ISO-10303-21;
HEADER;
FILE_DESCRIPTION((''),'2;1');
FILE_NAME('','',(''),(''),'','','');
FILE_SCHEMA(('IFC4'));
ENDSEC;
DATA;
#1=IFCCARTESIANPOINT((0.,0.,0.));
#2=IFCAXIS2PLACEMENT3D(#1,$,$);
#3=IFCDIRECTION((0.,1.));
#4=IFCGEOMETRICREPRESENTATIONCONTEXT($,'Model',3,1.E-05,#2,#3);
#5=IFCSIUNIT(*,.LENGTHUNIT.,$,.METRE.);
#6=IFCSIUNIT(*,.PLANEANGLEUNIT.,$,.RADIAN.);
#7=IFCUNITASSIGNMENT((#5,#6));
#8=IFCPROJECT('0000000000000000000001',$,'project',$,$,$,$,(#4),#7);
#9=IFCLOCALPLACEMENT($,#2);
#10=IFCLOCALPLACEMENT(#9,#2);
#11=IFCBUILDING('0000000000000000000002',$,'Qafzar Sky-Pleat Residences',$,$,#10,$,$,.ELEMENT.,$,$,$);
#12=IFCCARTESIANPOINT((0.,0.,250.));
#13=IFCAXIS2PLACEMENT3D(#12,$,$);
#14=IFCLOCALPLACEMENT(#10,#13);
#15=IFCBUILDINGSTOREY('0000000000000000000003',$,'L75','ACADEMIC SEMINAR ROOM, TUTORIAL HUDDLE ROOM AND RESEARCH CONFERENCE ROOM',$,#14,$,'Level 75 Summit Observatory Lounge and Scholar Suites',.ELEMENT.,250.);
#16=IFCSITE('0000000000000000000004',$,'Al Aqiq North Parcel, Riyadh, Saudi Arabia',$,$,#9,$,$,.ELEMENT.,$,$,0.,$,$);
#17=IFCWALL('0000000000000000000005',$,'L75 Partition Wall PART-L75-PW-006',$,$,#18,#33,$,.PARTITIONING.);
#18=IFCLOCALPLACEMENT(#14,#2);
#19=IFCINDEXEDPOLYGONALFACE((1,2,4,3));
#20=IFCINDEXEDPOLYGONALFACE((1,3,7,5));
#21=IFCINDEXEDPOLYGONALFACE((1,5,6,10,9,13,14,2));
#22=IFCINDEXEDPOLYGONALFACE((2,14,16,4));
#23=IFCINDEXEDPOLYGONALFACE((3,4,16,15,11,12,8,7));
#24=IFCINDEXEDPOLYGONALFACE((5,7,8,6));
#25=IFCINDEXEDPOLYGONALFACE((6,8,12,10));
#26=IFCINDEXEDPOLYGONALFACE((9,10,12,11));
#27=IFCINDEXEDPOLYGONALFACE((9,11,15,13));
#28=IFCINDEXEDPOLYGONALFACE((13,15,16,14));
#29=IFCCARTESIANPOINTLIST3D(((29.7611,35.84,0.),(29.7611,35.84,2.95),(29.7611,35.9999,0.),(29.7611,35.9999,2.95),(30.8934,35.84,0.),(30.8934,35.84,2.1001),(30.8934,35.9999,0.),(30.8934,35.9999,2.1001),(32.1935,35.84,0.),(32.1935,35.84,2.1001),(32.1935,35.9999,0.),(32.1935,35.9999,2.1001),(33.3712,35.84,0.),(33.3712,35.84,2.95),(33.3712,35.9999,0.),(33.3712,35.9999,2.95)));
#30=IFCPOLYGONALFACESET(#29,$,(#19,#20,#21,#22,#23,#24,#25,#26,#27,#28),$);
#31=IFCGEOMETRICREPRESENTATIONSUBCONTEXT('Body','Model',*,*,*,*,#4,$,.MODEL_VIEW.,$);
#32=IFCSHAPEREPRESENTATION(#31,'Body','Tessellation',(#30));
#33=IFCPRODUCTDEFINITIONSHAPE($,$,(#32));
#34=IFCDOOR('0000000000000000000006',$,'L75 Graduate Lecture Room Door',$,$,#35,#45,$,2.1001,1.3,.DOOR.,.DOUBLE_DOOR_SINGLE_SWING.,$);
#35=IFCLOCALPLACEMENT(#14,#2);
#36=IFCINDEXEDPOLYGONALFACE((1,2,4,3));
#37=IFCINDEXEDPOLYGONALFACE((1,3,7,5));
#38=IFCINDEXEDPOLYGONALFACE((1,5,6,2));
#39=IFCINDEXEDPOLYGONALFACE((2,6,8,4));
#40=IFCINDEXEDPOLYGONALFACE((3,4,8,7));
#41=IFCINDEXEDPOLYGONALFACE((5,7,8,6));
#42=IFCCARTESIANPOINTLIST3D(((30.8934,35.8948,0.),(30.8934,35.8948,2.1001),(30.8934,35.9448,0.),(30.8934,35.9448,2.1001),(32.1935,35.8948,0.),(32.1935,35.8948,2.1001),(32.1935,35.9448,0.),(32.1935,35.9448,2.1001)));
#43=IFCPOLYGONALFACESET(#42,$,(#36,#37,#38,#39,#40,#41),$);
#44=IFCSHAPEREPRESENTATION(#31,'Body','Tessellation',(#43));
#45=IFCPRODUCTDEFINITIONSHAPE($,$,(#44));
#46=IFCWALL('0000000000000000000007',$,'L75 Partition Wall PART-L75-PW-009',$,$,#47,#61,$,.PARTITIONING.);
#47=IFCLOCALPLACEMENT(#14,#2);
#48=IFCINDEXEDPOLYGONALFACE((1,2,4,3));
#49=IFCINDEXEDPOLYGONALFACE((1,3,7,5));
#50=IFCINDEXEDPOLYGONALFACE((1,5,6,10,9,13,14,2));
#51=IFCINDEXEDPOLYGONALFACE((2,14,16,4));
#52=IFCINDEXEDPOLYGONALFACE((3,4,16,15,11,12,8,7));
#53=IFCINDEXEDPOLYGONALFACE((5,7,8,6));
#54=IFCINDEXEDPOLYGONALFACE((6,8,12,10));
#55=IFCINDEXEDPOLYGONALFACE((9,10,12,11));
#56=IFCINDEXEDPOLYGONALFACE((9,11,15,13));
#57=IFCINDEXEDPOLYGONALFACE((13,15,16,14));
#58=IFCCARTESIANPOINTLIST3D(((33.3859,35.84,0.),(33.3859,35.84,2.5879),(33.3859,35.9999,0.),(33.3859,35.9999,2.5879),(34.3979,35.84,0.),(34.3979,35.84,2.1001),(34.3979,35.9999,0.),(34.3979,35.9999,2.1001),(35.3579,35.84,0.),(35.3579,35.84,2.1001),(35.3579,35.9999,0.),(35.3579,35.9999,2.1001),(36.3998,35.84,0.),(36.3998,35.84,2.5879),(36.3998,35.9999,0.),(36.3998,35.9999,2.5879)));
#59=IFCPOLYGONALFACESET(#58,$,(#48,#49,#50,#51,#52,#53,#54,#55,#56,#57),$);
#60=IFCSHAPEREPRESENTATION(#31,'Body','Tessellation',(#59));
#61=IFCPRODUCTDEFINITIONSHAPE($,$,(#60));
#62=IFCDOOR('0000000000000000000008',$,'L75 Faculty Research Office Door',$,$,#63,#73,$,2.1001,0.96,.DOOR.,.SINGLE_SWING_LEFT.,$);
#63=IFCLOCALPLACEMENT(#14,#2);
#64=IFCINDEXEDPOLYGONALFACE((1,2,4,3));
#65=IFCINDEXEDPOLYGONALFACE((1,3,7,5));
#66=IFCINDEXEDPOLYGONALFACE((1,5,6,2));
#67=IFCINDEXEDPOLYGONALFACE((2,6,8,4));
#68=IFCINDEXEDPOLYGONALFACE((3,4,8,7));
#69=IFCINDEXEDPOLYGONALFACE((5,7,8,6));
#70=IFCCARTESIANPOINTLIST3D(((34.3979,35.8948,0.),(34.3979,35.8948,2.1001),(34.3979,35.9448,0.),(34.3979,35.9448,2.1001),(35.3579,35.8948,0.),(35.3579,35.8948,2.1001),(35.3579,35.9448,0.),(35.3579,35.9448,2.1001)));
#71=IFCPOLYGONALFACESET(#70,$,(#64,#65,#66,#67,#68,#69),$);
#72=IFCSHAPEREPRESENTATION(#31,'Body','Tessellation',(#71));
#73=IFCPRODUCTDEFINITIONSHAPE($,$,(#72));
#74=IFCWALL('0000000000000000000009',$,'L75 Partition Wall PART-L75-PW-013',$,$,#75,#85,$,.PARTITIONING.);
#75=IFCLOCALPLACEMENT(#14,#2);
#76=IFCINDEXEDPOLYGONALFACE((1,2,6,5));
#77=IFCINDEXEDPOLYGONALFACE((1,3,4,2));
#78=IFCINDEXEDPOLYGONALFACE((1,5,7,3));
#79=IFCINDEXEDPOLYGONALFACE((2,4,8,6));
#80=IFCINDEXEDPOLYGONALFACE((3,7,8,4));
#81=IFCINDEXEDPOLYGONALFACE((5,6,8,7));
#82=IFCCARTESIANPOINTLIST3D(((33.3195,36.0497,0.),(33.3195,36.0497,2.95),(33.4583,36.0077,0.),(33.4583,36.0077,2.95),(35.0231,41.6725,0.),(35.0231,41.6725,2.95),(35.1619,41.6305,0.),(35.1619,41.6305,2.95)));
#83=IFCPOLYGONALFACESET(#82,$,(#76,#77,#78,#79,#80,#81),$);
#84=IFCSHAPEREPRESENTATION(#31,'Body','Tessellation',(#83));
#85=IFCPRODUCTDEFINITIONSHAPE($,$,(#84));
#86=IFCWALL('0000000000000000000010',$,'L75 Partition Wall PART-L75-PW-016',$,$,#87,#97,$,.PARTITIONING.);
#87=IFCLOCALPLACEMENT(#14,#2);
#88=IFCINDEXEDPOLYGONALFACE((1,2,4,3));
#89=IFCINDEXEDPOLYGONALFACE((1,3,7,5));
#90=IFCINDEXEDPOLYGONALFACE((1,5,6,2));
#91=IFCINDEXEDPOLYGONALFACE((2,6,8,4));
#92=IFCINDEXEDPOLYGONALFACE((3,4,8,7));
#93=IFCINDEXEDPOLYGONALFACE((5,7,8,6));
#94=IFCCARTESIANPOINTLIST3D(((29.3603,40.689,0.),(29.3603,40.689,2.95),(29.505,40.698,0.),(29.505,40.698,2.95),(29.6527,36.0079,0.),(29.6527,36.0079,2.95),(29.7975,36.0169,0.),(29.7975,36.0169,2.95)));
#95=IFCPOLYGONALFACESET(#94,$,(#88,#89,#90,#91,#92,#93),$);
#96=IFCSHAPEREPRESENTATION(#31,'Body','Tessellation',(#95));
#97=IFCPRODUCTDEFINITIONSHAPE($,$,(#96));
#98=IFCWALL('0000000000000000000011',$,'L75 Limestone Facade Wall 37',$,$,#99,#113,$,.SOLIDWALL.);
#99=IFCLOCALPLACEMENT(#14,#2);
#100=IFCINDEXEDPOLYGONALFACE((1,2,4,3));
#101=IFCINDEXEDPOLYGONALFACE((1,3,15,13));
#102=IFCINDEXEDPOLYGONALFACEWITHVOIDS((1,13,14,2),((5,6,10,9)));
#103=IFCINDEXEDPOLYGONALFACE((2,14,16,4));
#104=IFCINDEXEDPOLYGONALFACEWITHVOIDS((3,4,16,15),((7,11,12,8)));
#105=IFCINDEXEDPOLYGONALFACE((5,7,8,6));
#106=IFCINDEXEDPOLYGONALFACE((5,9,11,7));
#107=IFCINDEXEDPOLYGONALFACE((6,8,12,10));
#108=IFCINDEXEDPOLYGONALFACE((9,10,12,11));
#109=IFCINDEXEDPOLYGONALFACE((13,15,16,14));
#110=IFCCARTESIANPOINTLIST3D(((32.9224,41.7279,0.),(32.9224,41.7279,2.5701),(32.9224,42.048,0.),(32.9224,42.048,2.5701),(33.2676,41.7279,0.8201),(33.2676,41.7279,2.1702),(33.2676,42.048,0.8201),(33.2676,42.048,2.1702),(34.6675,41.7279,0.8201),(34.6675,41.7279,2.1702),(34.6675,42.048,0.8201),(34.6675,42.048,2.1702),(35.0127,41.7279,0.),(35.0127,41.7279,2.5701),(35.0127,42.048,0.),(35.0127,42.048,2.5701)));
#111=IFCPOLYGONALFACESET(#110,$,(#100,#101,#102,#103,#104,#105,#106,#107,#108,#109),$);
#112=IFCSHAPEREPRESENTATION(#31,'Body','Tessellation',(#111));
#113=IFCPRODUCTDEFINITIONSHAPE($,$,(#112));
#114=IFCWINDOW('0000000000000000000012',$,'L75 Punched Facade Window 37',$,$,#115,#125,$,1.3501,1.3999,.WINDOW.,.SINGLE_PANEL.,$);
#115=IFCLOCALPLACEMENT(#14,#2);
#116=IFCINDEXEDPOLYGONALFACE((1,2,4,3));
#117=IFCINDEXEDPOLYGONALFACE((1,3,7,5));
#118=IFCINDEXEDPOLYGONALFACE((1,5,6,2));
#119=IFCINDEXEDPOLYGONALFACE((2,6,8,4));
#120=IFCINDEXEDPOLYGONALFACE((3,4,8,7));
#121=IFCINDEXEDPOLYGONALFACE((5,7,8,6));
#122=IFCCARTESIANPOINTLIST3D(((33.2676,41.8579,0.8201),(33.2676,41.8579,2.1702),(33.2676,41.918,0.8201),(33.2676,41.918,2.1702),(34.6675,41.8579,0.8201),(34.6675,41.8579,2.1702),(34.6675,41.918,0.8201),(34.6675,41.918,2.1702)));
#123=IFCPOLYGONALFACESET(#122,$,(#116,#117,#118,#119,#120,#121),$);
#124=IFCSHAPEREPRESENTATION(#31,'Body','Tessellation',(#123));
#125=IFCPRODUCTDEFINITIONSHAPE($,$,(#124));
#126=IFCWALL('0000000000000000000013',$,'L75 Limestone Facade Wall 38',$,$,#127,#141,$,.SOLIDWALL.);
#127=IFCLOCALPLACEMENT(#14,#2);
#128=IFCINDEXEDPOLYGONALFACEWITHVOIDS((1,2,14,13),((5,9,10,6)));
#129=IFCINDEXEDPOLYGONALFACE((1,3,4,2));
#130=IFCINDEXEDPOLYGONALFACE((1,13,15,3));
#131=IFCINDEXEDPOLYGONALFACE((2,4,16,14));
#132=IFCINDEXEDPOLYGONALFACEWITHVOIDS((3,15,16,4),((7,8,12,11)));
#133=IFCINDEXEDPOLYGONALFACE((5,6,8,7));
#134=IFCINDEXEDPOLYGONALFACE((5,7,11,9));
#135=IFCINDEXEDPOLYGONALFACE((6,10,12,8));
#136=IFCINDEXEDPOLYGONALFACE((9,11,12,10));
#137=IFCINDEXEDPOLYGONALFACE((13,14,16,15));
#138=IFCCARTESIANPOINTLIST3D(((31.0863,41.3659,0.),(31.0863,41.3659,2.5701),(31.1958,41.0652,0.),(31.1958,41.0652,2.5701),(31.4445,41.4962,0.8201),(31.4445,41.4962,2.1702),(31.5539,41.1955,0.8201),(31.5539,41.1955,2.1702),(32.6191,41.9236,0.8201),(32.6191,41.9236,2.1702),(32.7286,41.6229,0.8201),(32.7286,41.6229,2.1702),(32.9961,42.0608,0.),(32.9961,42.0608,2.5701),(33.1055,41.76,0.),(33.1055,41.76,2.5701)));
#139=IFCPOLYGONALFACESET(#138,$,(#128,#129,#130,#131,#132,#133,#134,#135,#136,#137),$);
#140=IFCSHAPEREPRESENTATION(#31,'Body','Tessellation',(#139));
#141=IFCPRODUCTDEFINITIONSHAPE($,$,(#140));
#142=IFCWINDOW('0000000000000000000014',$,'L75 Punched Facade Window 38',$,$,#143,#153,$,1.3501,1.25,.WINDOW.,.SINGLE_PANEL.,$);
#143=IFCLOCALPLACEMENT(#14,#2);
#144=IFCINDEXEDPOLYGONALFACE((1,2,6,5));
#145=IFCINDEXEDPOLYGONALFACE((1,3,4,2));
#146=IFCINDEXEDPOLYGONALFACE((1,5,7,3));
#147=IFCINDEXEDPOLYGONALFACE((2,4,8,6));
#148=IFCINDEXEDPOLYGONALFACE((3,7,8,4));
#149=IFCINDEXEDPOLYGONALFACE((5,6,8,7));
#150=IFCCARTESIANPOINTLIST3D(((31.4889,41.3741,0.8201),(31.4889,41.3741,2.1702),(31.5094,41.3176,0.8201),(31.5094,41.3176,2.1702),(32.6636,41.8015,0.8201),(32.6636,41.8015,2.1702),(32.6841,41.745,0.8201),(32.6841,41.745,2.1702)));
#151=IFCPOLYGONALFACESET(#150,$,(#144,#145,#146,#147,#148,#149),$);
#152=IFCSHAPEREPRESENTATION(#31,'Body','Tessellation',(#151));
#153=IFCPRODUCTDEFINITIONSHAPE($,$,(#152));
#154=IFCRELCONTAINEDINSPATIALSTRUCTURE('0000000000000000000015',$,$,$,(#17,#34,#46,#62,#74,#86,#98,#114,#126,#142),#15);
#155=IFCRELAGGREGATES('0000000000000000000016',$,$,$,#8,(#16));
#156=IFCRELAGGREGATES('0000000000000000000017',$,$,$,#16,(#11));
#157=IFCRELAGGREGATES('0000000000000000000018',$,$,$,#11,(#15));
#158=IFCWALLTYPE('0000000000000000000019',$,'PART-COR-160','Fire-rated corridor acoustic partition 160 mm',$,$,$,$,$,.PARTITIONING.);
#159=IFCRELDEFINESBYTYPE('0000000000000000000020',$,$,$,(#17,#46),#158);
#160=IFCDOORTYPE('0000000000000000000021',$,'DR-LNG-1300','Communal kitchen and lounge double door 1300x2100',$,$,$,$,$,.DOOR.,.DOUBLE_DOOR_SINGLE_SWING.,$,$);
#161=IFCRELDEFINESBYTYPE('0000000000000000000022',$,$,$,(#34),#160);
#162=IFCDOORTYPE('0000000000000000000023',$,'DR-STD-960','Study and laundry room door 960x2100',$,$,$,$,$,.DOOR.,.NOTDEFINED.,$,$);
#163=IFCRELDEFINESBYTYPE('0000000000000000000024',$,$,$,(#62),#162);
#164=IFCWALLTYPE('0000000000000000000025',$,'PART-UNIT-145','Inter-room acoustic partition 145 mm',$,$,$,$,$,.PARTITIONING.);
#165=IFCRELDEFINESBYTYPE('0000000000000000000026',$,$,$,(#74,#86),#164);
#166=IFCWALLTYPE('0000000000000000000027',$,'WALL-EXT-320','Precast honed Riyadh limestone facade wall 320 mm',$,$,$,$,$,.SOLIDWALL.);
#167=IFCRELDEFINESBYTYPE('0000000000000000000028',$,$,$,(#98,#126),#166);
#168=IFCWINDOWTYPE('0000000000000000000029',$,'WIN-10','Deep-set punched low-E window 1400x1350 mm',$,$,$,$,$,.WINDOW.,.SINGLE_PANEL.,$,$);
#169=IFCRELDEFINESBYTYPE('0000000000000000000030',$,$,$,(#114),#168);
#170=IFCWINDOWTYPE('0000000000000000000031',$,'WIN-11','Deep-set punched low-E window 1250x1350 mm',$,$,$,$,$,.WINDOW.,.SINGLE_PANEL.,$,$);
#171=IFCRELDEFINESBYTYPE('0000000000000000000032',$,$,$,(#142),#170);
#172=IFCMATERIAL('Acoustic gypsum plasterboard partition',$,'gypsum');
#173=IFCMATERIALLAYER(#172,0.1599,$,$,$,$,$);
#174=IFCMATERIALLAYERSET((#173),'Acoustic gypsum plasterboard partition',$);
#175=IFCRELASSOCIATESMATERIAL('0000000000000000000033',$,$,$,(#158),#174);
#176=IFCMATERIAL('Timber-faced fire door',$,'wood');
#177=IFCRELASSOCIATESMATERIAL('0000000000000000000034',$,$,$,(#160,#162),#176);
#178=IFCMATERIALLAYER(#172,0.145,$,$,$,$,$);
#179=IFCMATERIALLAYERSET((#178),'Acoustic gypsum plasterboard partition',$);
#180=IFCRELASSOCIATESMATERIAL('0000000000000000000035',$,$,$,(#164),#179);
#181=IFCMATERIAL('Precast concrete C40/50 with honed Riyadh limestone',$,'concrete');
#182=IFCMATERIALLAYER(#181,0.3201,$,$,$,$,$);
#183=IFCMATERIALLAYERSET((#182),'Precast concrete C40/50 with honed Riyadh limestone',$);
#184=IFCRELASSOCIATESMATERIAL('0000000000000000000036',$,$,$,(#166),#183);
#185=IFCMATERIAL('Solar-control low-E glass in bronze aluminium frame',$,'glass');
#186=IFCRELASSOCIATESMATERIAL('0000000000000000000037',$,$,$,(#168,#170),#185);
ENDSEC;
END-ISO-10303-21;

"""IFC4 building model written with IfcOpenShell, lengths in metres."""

from ifc_helpers import new_model, si_unit, direction, frame, frame_2d, origin, place, context, subcontext, project, spatial, rectangle, extrude, source, transform, mapped, material, layer, layer_set, type_object, element, fill, save


model = new_model("IFC4")

# Units and contexts
model_context = context("Model", 3, precision=1e-05, world=origin(), true_north=direction((0.0, 1.0)))
body_context = subcontext(model_context, "Body", "Model", "MODEL_VIEW")
ifc_project = project(units=[si_unit("LENGTHUNIT", "METRE"), si_unit("PLANEANGLEUNIT", "RADIAN")], contexts=[model_context])

# Site, building, storey
site_placement = place(None, origin())
site = spatial("IfcSite", under=ifc_project, at=site_placement, Name="Al Aqiq North Parcel, Riyadh, Saudi Arabia", CompositionType="ELEMENT", RefElevation=0.0)
building_placement = place(site_placement, origin())
building = spatial("IfcBuilding", under=site, at=building_placement, Name="Qafzar Sky-Pleat Residences", CompositionType="ELEMENT")
storey_placement = place(building_placement, frame((0.0, 0.0, 250.0)))
storey = spatial("IfcBuildingStorey", under=building, at=storey_placement, Name="L75", Description="ACADEMIC SEMINAR ROOM, TUTORIAL HUDDLE ROOM AND RESEARCH CONFERENCE ROOM", LongName="Level 75 Summit Observatory Lounge and Scholar Suites", CompositionType="ELEMENT", Elevation=250.0)

# Walls, openings, doors
ifc_material_1 = material(Name="Acoustic gypsum plasterboard partition", Category="gypsum")
ifc_layer_1 = layer(ifc_material_1, 0.1599)
ifc_layer_set_1 = layer_set([ifc_layer_1], Name="Acoustic gypsum plasterboard partition")
wall_type_1 = type_object("IfcWallType", Name="PART-COR-160", Description="Fire-rated corridor acoustic partition 160 mm", PredefinedType="PARTITIONING", material=ifc_layer_set_1)
wall_1_placement = place(storey_placement, frame((29.761, 35.9199, 0.0), z_axis=(0.0, 0.0, 1.0), x_axis=(1.0, 0.0, 0.0)))
wall_1 = element("IfcWall", 1, at=wall_1_placement, inside=storey, type_object=wall_type_1, Name="L75 Partition Wall PART-L75-PW-006", PredefinedType="PARTITIONING", context=body_context, shape_type="SweptSolid", body=[
    extrude(rectangle(XDim=3.6101, YDim=0.1599, at=frame_2d((1.8052, 0.0))), origin(), (0.0, 0.0, 1.0), 2.95),
])
opening_1_placement = place(wall_1_placement, frame((1.1326, 0.0, 0.0)))
opening_1 = element("IfcOpeningElement", 2, at=opening_1_placement, cuts=wall_1, PredefinedType="OPENING", context=body_context, shape_type="SweptSolid", body=[
    extrude(rectangle(XDim=1.3, YDim=2.1001, at=frame_2d((0.6499, 1.05))), frame((0.0, 0.0898, 0.0), z_axis=(0.0, -1.0, 0.0), x_axis=(1.0, 0.0, 0.0)), (0.0, 0.0, 1.0), 0.1799),
])
ifc_material_2 = material(Name="Timber-faced fire door", Category="wood")
door_type_1 = type_object("IfcDoorType", Name="DR-LNG-1300", Description="Communal kitchen and lounge double door 1300x2100", OperationType="DOUBLE_DOOR_SINGLE_SWING", PredefinedType="DOOR", material=ifc_material_2)
shared_shape_1 = source(origin(), body_context, "Body", "SweptSolid", [
    extrude(rectangle(XDim=1.3, YDim=2.1001, at=frame_2d((0.6499, 1.05))), frame((0.0, 0.0249, 0.0), z_axis=(0.0, -1.0, 0.0), x_axis=(1.0, 0.0, 0.0)), (0.0, 0.0, 1.0), 0.05),
])
door_1_placement = place(opening_1_placement, origin())
door_1 = element("IfcDoor", 3, at=door_1_placement, inside=storey, type_object=door_type_1, Name="L75 Graduate Lecture Room Door", OperationType="DOUBLE_DOOR_SINGLE_SWING", OverallHeight=2.1001, OverallWidth=1.3, PredefinedType="DOOR", context=body_context, shape_type="MappedRepresentation", body=[
    mapped(shared_shape_1, transform((0.0, 0.0, 0.0), x_axis=(1.0, 0.0, 0.0), y_axis=(0.0, 1.0, 0.0), z_axis=(0.0, 0.0, 1.0), scale=1.0)),
])
fill(opening_1, door_1)
wall_2_placement = place(storey_placement, frame((33.386, 35.9199, 0.0), z_axis=(0.0, 0.0, 1.0), x_axis=(1.0, 0.0, 0.0)))
wall_2 = element("IfcWall", 4, at=wall_2_placement, inside=storey, type_object=wall_type_1, Name="L75 Partition Wall PART-L75-PW-009", PredefinedType="PARTITIONING", context=body_context, shape_type="SweptSolid", body=[
    extrude(rectangle(XDim=3.0139, YDim=0.1599, at=frame_2d((1.5068, 0.0))), origin(), (0.0, 0.0, 1.0), 2.5879),
])
opening_2_placement = place(wall_2_placement, frame((1.012, 0.0, 0.0)))
opening_2 = element("IfcOpeningElement", 5, at=opening_2_placement, cuts=wall_2, PredefinedType="OPENING", context=body_context, shape_type="SweptSolid", body=[
    extrude(rectangle(XDim=0.96, YDim=2.1001, at=frame_2d((0.48, 1.05))), frame((0.0, 0.0898, 0.0), z_axis=(0.0, -1.0, 0.0), x_axis=(1.0, 0.0, 0.0)), (0.0, 0.0, 1.0), 0.1799),
])
door_type_2 = type_object("IfcDoorType", Name="DR-STD-960", Description="Study and laundry room door 960x2100", OperationType="NOTDEFINED", PredefinedType="DOOR", material=ifc_material_2)
shared_shape_2 = source(origin(), body_context, "Body", "SweptSolid", [
    extrude(rectangle(XDim=0.96, YDim=2.1001, at=frame_2d((0.48, 1.05))), frame((0.0, 0.0249, 0.0), z_axis=(0.0, -1.0, 0.0), x_axis=(1.0, 0.0, 0.0)), (0.0, 0.0, 1.0), 0.05),
])
door_2_placement = place(opening_2_placement, origin())
door_2 = element("IfcDoor", 6, at=door_2_placement, inside=storey, type_object=door_type_2, Name="L75 Faculty Research Office Door", OperationType="SINGLE_SWING_LEFT", OverallHeight=2.1001, OverallWidth=0.96, PredefinedType="DOOR", context=body_context, shape_type="MappedRepresentation", body=[
    mapped(shared_shape_2, transform((0.0, 0.0, 0.0), x_axis=(1.0, 0.0, 0.0), y_axis=(0.0, 1.0, 0.0), z_axis=(0.0, 0.0, 1.0), scale=1.0)),
])
fill(opening_2, door_2)

# Walls
ifc_layer_2 = layer(ifc_material_1, 0.145)
ifc_layer_set_2 = layer_set([ifc_layer_2], Name="Acoustic gypsum plasterboard partition")
wall_type_2 = type_object("IfcWallType", Name="PART-UNIT-145", Description="Inter-room acoustic partition 145 mm", PredefinedType="PARTITIONING", material=ifc_layer_set_2)
wall_3_placement = place(storey_placement, frame((33.3889, 36.0288, 0.0), z_axis=(0.0, 0.0, 1.0), x_axis=(0.289966, 0.957037, 0.0)))
element("IfcWall", 7, at=wall_3_placement, inside=storey, type_object=wall_type_2, Name="L75 Partition Wall PART-L75-PW-013", PredefinedType="PARTITIONING", context=body_context, shape_type="SweptSolid", body=[
    extrude(rectangle(XDim=5.8752, YDim=0.145, at=frame_2d((2.9375, 0.0))), origin(), (0.0, 0.0, 1.0), 2.95),
])
wall_4_placement = place(storey_placement, frame((29.4326, 40.6936, 0.0), z_axis=(0.0, 0.0, 1.0), x_axis=(0.062359, -0.998054, 0.0)))
element("IfcWall", 8, at=wall_4_placement, inside=storey, type_object=wall_type_2, Name="L75 Partition Wall PART-L75-PW-016", PredefinedType="PARTITIONING", context=body_context, shape_type="SweptSolid", body=[
    extrude(rectangle(XDim=4.6902, YDim=0.145, at=frame_2d((2.3452, 0.0))), origin(), (0.0, 0.0, 1.0), 2.95),
])

# Walls, openings, windows
ifc_material_3 = material(Name="Precast concrete C40/50 with honed Riyadh limestone", Category="concrete")
ifc_layer_3 = layer(ifc_material_3, 0.3201)
ifc_layer_set_3 = layer_set([ifc_layer_3], Name="Precast concrete C40/50 with honed Riyadh limestone")
wall_type_3 = type_object("IfcWallType", Name="WALL-EXT-320", Description="Precast honed Riyadh limestone facade wall 320 mm", PredefinedType="SOLIDWALL", material=ifc_layer_set_3)
wall_5_placement = place(storey_placement, frame((35.0127, 41.8879, 0.0), z_axis=(0.0, 0.0, 1.0), x_axis=(-1.0, 0.0, 0.0)))
wall_5 = element("IfcWall", 9, at=wall_5_placement, inside=storey, type_object=wall_type_3, Name="L75 Limestone Facade Wall 37", PredefinedType="SOLIDWALL", context=body_context, shape_type="SweptSolid", body=[
    extrude(rectangle(XDim=2.0903, YDim=0.3201, at=frame_2d((1.0452, 0.0))), origin(), (0.0, 0.0, 1.0), 2.5701),
])
opening_3_placement = place(wall_5_placement, frame((0.3452, 0.0, 0.8201)))
opening_3 = element("IfcOpeningElement", 10, at=opening_3_placement, cuts=wall_5, PredefinedType="OPENING", context=body_context, shape_type="SweptSolid", body=[
    extrude(rectangle(XDim=1.3999, YDim=1.3501, at=frame_2d((0.7, 0.675))), frame((0.0, 0.1699, 0.0), z_axis=(0.0, -1.0, 0.0), x_axis=(1.0, 0.0, 0.0)), (0.0, 0.0, 1.0), 0.3401),
])
ifc_material_4 = material(Name="Solar-control low-E glass in bronze aluminium frame", Category="glass")
window_type_1 = type_object("IfcWindowType", Name="WIN-10", Description="Deep-set punched low-E window 1400x1350 mm", PartitioningType="SINGLE_PANEL", PredefinedType="WINDOW", material=ifc_material_4)
shared_shape_3 = source(origin(), body_context, "Body", "SweptSolid", [
    extrude(rectangle(XDim=1.3999, YDim=1.3501, at=frame_2d((0.7, 0.675))), frame((0.0, 0.03, 0.0), z_axis=(0.0, -1.0, 0.0), x_axis=(1.0, 0.0, 0.0)), (0.0, 0.0, 1.0), 0.0601),
])
window_1_placement = place(opening_3_placement, origin())
window_1 = element("IfcWindow", 11, at=window_1_placement, inside=storey, type_object=window_type_1, Name="L75 Punched Facade Window 37", OverallHeight=1.3501, OverallWidth=1.3999, PartitioningType="SINGLE_PANEL", PredefinedType="WINDOW", context=body_context, shape_type="MappedRepresentation", body=[
    mapped(shared_shape_3, transform((0.0, 0.0, 0.0), x_axis=(1.0, 0.0, 0.0), y_axis=(0.0, 1.0, 0.0), z_axis=(0.0, 0.0, 1.0), scale=1.0)),
])
fill(opening_3, window_1)
wall_6_placement = place(storey_placement, frame((33.0508, 41.9104, 0.0), z_axis=(0.0, 0.0, 1.0), x_axis=(-0.93973, -0.341917, 0.0)))
wall_6 = element("IfcWall", 12, at=wall_6_placement, inside=storey, type_object=wall_type_3, Name="L75 Limestone Facade Wall 38", PredefinedType="SOLIDWALL", context=body_context, shape_type="SweptSolid", body=[
    extrude(rectangle(XDim=2.0322, YDim=0.3201, at=frame_2d((1.0161, 0.0))), origin(), (0.0, 0.0, 1.0), 2.5701),
])
opening_4_placement = place(wall_6_placement, frame((0.4011, 0.0, 0.8201)))
opening_4 = element("IfcOpeningElement", 13, at=opening_4_placement, cuts=wall_6, PredefinedType="OPENING", context=body_context, shape_type="SweptSolid", body=[
    extrude(rectangle(XDim=1.25, YDim=1.3501, at=frame_2d((0.625, 0.675))), frame((0.0, 0.1699, 0.0), z_axis=(0.0, -1.0, 0.0), x_axis=(1.0, 0.0, 0.0)), (0.0, 0.0, 1.0), 0.3401),
])
window_type_2 = type_object("IfcWindowType", Name="WIN-11", Description="Deep-set punched low-E window 1250x1350 mm", PartitioningType="SINGLE_PANEL", PredefinedType="WINDOW", material=ifc_material_4)
shared_shape_4 = source(origin(), body_context, "Body", "SweptSolid", [
    extrude(rectangle(XDim=1.25, YDim=1.3501, at=frame_2d((0.625, 0.675))), frame((0.0, 0.03, 0.0), z_axis=(0.0, -1.0, 0.0), x_axis=(1.0, 0.0, 0.0)), (0.0, 0.0, 1.0), 0.0601),
])
window_2_placement = place(opening_4_placement, origin())
window_2 = element("IfcWindow", 14, at=window_2_placement, inside=storey, type_object=window_type_2, Name="L75 Punched Facade Window 38", OverallHeight=1.3501, OverallWidth=1.25, PartitioningType="SINGLE_PANEL", PredefinedType="WINDOW", context=body_context, shape_type="MappedRepresentation", body=[
    mapped(shared_shape_4, transform((0.0, 0.0, 0.0), x_axis=(1.0, 0.0, 0.0), y_axis=(0.0, 1.0, 0.0), z_axis=(0.0, 0.0, 1.0), scale=1.0)),
])
fill(opening_4, window_2)

save(model, "model.ifc")
